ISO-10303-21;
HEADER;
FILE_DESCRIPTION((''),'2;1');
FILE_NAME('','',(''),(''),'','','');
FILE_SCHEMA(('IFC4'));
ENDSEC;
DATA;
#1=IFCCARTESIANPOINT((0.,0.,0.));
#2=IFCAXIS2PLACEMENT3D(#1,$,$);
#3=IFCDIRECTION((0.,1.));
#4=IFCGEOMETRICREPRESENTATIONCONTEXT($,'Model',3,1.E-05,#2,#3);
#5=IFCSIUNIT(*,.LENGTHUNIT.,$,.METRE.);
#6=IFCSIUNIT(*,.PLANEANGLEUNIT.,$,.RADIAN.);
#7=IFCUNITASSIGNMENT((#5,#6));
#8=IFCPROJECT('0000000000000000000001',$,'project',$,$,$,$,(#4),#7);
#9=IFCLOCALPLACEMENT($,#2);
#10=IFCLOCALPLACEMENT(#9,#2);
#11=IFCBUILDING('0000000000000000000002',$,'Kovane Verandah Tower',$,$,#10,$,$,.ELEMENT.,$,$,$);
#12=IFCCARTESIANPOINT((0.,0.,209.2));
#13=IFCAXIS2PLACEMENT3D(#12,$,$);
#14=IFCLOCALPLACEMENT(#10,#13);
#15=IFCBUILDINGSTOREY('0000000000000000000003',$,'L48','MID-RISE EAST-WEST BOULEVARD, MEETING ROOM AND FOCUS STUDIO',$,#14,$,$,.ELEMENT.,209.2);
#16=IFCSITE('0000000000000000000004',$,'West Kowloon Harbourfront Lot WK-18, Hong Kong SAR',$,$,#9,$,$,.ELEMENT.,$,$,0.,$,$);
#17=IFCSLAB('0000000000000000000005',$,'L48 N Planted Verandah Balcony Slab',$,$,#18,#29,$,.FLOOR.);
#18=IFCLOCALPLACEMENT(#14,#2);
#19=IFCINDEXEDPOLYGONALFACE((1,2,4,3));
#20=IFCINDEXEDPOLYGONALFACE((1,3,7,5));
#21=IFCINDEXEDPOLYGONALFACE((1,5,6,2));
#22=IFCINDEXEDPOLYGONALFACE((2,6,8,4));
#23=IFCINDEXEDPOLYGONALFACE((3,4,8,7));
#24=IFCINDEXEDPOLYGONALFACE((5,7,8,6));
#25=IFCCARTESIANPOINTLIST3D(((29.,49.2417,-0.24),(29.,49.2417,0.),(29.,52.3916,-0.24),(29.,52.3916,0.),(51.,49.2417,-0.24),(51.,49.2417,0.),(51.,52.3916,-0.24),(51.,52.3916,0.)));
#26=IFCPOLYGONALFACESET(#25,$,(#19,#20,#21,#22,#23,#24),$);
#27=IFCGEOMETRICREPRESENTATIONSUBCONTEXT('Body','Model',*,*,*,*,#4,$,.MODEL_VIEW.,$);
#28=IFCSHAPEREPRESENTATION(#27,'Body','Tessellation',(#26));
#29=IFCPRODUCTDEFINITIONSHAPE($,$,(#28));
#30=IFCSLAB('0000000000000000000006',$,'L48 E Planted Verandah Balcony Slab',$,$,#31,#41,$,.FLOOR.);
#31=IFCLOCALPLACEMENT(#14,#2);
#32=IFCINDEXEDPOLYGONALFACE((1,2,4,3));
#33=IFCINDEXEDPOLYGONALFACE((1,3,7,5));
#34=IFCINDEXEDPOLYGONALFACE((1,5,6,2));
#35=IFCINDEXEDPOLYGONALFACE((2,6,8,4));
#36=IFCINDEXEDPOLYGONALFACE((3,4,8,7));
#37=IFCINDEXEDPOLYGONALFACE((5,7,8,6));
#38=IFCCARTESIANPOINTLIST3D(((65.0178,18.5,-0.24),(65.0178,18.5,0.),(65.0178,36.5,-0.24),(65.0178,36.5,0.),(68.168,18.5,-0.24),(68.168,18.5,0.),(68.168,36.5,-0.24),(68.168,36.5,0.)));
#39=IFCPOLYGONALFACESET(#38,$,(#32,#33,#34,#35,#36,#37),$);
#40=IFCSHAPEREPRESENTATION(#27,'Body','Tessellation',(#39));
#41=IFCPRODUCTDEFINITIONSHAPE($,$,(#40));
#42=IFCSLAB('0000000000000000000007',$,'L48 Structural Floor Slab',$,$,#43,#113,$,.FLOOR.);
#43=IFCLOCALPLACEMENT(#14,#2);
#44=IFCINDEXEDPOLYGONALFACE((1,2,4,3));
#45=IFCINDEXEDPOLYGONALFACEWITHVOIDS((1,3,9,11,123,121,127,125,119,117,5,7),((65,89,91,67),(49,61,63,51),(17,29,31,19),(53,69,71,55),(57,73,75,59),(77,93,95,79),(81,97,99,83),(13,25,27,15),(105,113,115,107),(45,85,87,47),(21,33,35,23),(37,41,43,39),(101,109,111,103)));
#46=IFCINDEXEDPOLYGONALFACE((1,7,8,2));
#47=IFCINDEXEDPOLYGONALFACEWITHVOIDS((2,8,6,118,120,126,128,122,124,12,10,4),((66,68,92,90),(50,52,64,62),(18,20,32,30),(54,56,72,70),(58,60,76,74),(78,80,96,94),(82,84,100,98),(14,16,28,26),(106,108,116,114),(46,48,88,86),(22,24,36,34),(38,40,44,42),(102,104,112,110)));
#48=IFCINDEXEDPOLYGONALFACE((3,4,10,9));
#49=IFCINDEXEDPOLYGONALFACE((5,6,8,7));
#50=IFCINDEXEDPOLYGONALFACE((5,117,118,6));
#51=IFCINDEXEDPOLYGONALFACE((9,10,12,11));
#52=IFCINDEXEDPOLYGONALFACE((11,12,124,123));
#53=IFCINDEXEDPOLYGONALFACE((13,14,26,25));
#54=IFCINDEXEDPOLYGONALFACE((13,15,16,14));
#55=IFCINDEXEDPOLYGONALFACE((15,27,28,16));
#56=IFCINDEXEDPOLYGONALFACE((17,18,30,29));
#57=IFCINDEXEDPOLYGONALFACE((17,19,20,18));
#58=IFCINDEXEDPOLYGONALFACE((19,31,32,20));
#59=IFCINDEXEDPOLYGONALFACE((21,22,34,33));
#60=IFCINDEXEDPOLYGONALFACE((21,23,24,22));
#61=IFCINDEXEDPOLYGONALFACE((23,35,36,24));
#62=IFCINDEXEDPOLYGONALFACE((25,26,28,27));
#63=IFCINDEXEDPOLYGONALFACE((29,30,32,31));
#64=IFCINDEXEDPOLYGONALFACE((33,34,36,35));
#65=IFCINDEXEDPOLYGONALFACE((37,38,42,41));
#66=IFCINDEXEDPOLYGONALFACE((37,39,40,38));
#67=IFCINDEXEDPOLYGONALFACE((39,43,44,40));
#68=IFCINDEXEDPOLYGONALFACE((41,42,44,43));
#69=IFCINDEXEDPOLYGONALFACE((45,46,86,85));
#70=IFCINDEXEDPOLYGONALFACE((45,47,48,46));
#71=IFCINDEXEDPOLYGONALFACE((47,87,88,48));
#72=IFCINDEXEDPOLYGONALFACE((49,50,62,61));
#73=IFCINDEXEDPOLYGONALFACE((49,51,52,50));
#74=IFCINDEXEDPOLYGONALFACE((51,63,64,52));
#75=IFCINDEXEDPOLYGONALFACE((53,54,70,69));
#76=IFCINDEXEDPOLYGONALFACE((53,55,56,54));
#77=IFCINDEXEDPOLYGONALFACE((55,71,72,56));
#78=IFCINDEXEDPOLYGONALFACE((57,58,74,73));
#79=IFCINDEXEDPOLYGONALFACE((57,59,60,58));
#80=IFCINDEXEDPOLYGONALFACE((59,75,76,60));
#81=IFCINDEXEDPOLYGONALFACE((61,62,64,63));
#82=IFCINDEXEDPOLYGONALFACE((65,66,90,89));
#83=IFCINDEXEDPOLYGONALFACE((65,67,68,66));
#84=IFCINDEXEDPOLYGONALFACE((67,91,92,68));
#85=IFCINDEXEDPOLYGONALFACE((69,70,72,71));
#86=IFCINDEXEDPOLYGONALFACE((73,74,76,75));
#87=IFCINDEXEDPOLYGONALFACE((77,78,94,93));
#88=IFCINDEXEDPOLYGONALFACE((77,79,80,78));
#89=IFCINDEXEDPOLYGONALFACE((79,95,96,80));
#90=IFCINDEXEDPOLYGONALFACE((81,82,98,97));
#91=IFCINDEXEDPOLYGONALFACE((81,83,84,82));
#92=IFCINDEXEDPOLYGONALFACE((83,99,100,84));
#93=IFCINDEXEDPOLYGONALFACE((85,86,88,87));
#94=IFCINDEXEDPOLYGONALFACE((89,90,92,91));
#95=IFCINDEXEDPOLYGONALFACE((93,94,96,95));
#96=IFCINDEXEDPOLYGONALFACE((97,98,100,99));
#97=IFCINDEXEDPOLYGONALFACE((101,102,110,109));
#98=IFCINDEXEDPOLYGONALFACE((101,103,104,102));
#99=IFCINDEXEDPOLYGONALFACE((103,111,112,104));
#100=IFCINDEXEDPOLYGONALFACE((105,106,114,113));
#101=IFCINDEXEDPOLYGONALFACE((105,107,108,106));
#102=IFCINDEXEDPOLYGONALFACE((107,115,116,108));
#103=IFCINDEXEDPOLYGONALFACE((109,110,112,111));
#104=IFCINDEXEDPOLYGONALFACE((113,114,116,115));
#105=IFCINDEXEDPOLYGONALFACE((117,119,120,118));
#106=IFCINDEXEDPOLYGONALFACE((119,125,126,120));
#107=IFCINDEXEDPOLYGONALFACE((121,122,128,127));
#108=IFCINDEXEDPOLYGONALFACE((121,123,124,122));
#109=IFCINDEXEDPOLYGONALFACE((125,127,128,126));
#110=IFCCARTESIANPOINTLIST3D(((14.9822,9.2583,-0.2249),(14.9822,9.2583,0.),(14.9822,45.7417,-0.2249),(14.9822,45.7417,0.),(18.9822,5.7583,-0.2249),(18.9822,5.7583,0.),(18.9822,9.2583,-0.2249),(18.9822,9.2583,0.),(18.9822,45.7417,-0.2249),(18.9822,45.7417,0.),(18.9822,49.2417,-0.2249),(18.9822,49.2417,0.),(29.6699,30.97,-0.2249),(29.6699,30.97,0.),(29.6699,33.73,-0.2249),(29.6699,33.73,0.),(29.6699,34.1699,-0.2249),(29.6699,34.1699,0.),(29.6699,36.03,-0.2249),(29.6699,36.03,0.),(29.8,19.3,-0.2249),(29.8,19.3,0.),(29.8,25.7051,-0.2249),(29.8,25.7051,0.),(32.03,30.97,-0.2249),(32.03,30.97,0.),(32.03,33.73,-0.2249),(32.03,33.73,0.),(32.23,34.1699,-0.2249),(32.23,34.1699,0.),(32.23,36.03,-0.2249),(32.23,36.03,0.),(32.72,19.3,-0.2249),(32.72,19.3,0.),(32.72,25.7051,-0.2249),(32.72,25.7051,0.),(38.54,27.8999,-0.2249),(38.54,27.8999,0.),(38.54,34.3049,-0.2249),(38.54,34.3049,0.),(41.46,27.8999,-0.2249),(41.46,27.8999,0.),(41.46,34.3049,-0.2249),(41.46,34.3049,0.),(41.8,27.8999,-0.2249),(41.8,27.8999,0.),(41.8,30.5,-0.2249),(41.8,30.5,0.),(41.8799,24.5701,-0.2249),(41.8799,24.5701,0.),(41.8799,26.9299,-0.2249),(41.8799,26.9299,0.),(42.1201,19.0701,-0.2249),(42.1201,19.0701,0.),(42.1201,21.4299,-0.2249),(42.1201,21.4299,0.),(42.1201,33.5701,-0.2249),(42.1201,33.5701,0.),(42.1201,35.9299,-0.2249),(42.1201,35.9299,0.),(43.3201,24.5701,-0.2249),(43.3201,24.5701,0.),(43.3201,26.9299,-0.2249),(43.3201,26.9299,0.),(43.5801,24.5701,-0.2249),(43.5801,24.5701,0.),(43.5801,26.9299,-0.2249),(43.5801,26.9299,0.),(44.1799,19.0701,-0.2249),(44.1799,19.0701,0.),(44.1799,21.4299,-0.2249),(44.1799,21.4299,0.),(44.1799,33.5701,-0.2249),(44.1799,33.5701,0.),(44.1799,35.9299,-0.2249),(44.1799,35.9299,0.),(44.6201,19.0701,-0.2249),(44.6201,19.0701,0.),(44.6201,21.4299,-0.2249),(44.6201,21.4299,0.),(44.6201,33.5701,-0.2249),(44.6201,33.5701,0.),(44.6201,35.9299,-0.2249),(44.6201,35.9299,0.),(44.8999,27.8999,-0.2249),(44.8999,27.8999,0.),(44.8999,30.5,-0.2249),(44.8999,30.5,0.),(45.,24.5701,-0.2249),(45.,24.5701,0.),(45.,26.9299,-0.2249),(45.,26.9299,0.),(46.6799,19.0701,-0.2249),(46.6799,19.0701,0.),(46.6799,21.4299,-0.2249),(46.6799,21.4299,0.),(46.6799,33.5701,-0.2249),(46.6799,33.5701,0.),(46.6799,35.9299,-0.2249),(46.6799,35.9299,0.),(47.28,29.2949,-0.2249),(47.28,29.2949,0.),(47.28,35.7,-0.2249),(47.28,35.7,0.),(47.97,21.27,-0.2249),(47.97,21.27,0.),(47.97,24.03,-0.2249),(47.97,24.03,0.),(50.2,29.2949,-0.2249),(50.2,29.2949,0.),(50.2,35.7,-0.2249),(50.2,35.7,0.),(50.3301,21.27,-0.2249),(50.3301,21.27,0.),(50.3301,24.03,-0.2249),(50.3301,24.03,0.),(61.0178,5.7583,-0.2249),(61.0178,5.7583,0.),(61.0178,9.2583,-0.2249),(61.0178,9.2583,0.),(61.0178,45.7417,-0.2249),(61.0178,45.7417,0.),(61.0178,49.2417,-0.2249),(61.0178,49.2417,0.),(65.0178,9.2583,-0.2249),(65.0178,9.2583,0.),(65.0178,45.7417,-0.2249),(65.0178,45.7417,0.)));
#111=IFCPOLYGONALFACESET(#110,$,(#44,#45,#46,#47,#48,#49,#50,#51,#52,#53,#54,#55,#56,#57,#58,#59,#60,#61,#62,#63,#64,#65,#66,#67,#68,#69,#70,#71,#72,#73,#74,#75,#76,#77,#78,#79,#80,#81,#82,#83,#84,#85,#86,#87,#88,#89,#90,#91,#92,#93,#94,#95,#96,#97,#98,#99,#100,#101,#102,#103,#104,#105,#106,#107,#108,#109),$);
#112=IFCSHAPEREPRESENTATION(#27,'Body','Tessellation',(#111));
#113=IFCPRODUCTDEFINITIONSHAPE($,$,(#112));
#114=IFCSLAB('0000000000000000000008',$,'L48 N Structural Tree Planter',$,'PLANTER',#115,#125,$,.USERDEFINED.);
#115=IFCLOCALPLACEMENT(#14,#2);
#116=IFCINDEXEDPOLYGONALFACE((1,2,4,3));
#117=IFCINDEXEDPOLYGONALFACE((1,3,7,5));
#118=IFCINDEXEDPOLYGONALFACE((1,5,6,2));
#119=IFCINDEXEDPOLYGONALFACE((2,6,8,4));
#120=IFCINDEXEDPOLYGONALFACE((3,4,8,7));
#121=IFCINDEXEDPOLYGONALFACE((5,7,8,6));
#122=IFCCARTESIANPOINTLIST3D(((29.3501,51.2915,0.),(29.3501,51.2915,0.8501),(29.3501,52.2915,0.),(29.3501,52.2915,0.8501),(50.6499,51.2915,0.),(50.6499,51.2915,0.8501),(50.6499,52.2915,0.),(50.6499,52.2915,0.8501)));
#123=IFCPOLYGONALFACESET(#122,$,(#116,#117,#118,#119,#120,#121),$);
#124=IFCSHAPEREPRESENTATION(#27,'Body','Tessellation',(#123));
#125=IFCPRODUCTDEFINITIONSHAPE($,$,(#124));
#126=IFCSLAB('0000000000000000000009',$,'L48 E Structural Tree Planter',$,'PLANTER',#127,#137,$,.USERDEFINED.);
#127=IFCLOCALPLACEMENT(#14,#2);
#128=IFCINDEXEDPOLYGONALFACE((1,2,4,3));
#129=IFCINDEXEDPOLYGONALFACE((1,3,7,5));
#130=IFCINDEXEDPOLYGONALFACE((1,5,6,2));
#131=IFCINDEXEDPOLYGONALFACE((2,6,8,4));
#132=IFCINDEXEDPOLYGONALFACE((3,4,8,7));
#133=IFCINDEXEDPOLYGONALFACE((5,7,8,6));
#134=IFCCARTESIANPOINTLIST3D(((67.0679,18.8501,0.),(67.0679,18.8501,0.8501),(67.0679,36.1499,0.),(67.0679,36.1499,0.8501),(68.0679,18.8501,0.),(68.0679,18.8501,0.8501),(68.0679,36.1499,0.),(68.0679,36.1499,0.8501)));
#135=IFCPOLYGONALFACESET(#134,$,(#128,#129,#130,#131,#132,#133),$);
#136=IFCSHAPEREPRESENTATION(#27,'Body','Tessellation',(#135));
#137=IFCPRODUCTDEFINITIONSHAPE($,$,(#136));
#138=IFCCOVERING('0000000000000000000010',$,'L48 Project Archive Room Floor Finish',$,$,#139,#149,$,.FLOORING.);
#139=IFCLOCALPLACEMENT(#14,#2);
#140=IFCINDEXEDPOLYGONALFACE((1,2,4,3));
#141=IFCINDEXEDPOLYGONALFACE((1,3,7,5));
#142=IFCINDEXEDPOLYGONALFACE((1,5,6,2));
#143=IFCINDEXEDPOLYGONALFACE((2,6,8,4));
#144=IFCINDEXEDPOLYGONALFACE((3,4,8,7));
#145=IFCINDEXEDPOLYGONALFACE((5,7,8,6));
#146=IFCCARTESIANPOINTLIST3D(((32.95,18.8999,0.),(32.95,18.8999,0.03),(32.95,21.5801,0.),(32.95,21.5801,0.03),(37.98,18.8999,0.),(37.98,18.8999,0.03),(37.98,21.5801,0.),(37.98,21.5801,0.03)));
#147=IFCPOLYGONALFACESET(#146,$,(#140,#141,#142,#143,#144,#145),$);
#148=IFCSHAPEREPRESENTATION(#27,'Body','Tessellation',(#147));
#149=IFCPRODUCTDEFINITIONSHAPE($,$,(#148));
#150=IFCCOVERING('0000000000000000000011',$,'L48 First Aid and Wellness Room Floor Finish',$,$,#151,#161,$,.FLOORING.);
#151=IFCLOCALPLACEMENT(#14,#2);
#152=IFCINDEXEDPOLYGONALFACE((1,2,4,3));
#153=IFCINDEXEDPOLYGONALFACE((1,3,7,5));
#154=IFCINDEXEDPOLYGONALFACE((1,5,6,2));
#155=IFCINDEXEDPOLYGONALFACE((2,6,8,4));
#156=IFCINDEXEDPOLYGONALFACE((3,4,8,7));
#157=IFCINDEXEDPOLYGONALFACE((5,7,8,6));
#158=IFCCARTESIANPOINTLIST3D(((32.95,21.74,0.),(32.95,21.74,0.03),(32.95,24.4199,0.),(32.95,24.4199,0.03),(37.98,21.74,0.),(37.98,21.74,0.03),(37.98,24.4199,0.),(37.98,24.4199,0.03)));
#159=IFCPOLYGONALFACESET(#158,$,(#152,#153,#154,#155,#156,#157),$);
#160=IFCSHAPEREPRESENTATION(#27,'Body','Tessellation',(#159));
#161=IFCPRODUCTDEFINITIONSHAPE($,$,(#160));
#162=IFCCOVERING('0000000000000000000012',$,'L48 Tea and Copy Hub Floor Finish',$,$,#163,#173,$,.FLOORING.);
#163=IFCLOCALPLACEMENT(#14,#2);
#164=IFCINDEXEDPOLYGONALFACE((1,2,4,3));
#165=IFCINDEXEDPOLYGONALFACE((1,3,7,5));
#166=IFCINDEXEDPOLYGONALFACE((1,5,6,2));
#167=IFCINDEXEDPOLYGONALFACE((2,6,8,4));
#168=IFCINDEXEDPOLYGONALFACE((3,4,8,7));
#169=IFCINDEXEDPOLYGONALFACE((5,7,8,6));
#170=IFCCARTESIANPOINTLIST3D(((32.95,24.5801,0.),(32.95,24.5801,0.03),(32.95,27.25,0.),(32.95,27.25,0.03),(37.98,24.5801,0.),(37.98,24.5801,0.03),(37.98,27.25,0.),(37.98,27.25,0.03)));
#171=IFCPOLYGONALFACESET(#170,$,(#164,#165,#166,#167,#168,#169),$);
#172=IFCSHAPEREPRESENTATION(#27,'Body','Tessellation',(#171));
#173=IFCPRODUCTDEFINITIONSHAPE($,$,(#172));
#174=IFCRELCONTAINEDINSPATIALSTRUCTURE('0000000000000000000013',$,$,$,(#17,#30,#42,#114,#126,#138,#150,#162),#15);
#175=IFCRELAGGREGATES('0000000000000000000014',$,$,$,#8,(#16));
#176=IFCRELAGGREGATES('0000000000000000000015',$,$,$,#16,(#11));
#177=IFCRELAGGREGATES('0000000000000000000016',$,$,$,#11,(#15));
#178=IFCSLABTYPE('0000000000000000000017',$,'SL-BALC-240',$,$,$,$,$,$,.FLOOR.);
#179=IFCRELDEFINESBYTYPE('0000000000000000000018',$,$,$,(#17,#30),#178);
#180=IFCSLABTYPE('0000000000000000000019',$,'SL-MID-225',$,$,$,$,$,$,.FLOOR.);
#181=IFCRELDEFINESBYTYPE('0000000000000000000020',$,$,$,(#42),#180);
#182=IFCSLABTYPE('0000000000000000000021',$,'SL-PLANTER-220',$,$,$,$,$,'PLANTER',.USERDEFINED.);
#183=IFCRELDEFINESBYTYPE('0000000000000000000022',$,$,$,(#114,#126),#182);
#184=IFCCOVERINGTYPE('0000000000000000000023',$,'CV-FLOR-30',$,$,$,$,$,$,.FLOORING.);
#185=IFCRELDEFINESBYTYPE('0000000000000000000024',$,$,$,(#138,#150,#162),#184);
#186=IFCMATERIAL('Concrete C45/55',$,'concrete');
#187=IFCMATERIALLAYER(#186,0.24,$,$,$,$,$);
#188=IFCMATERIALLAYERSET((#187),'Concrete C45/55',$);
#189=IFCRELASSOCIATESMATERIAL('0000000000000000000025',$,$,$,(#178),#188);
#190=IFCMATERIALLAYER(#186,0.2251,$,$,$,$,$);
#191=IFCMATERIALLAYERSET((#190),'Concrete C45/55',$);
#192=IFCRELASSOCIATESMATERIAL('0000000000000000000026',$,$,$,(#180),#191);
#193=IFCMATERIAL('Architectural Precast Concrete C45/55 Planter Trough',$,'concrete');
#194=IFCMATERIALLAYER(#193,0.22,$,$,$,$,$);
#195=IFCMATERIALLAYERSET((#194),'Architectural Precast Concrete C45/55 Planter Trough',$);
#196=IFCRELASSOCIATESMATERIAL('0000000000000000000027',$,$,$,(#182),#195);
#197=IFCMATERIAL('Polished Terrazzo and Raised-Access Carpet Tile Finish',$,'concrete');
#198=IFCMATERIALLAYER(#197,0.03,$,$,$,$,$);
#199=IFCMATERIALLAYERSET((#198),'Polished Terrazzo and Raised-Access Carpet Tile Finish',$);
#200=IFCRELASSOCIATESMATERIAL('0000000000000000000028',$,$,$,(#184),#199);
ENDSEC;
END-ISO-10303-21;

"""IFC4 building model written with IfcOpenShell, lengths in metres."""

from ifc_helpers import new_model, si_unit, direction, frame, origin, place, context, subcontext, project, spatial, polyline, outline, extrude, material, layer, layer_set, type_object, element, save


model = new_model("IFC4")

# Units and contexts
model_context = context("Model", 3, precision=1e-05, world=origin(), true_north=direction((0.0, 1.0)))
body_context = subcontext(model_context, "Body", "Model", "MODEL_VIEW")
ifc_project = project(units=[si_unit("LENGTHUNIT", "METRE"), si_unit("PLANEANGLEUNIT", "RADIAN")], contexts=[model_context])

# Site, building, storey
site_placement = place(None, origin())
site = spatial("IfcSite", under=ifc_project, at=site_placement, Name="West Kowloon Harbourfront Lot WK-18, Hong Kong SAR", CompositionType="ELEMENT", RefElevation=0.0)
building_placement = place(site_placement, origin())
building = spatial("IfcBuilding", under=site, at=building_placement, Name="Kovane Verandah Tower", CompositionType="ELEMENT")
storey_placement = place(building_placement, frame((0.0, 0.0, 209.2)))
storey = spatial("IfcBuildingStorey", under=building, at=storey_placement, Name="L48", Description="MID-RISE EAST-WEST BOULEVARD, MEETING ROOM AND FOCUS STUDIO", CompositionType="ELEMENT", Elevation=209.2)

# Slabs
ifc_material_1 = material(Name="Concrete C45/55", Category="concrete")
ifc_layer_1 = layer(ifc_material_1, 0.24)
ifc_layer_set_1 = layer_set([ifc_layer_1], Name="Concrete C45/55")
slab_type_1 = type_object("IfcSlabType", Name="SL-BALC-240", PredefinedType="FLOOR", material=ifc_layer_set_1)
slab_1_placement = place(storey_placement, frame((0.0, 0.0, -0.24)))
element("IfcSlab", 1, at=slab_1_placement, inside=storey, type_object=slab_type_1, Name="L48 N Planted Verandah Balcony Slab", PredefinedType="FLOOR", context=body_context, shape_type="SweptSolid", body=[
    extrude(outline(polyline([(29.0, 49.2417), (51.0, 49.2417), (51.0, 52.3916), (29.0, 52.3916), (29.0, 49.2417)])), origin(), (0.0, 0.0, 1.0), 0.24),
])
slab_2_placement = place(storey_placement, frame((0.0, 0.0, -0.24)))
element("IfcSlab", 2, at=slab_2_placement, inside=storey, type_object=slab_type_1, Name="L48 E Planted Verandah Balcony Slab", PredefinedType="FLOOR", context=body_context, shape_type="SweptSolid", body=[
    extrude(outline(polyline([(65.0178, 18.5), (68.168, 18.5), (68.168, 36.5), (65.0178, 36.5), (65.0178, 18.5)])), origin(), (0.0, 0.0, 1.0), 0.24),
])
ifc_layer_2 = layer(ifc_material_1, 0.2251)
ifc_layer_set_2 = layer_set([ifc_layer_2], Name="Concrete C45/55")
slab_type_2 = type_object("IfcSlabType", Name="SL-MID-225", PredefinedType="FLOOR", material=ifc_layer_set_2)
slab_3_placement = place(storey_placement, frame((0.0, 0.0, -0.2249)))
element("IfcSlab", 3, at=slab_3_placement, inside=storey, type_object=slab_type_2, Name="L48 Structural Floor Slab", PredefinedType="FLOOR", context=body_context, shape_type="SweptSolid", body=[
    extrude(outline(polyline([(18.9822, 5.7583), (61.0178, 5.7583), (61.0178, 9.2583), (65.0178, 9.2583), (65.0178, 45.7417), (61.0178, 45.7417), (61.0178, 49.2417), (18.9822, 49.2417), (18.9822, 45.7417), (14.9822, 45.7417), (14.9822, 9.2583), (18.9822, 9.2583), (18.9822, 5.7583)]), holes=[polyline([(29.8, 19.3), (32.72, 19.3), (32.72, 25.7051), (29.8, 25.7051), (29.8, 19.3)]), polyline([(47.28, 29.2949), (50.2, 29.2949), (50.2, 35.7), (47.28, 35.7), (47.28, 29.2949)]), polyline([(38.54, 27.8999), (41.46, 27.8999), (41.46, 34.3049), (38.54, 34.3049), (38.54, 27.8999)]), polyline([(29.6699, 30.97), (32.03, 30.97), (32.03, 33.73), (29.6699, 33.73), (29.6699, 30.97)]), polyline([(47.97, 21.27), (50.3301, 21.27), (50.3301, 24.03), (47.97, 24.03), (47.97, 21.27)]), polyline([(29.6699, 34.1699), (32.23, 34.1699), (32.23, 36.03), (29.6699, 36.03), (29.6699, 34.1699)]), polyline([(42.1201, 19.0701), (44.1799, 19.0701), (44.1799, 21.4299), (42.1201, 21.4299), (42.1201, 19.0701)]), polyline([(44.6201, 19.0701), (46.6799, 19.0701), (46.6799, 21.4299), (44.6201, 21.4299), (44.6201, 19.0701)]), polyline([(41.8799, 24.5701), (43.3201, 24.5701), (43.3201, 26.9299), (41.8799, 26.9299), (41.8799, 24.5701)]), polyline([(43.5801, 24.5701), (45.0, 24.5701), (45.0, 26.9299), (43.5801, 26.9299), (43.5801, 24.5701)]), polyline([(42.1201, 33.5701), (44.1799, 33.5701), (44.1799, 35.9299), (42.1201, 35.9299), (42.1201, 33.5701)]), polyline([(44.6201, 33.5701), (46.6799, 33.5701), (46.6799, 35.9299), (44.6201, 35.9299), (44.6201, 33.5701)]), polyline([(41.8, 27.8999), (44.8999, 27.8999), (44.8999, 30.5), (41.8, 30.5), (41.8, 27.8999)])]), origin(), (0.0, 0.0, 1.0), 0.2249),
])
ifc_material_2 = material(Name="Architectural Precast Concrete C45/55 Planter Trough", Category="concrete")
ifc_layer_3 = layer(ifc_material_2, 0.22)
ifc_layer_set_3 = layer_set([ifc_layer_3], Name="Architectural Precast Concrete C45/55 Planter Trough")
slab_type_3 = type_object("IfcSlabType", Name="SL-PLANTER-220", ElementType="PLANTER", PredefinedType="USERDEFINED", material=ifc_layer_set_3)
slab_4_placement = place(storey_placement, origin())
element("IfcSlab", 4, at=slab_4_placement, inside=storey, type_object=slab_type_3, Name="L48 N Structural Tree Planter", ObjectType="PLANTER", PredefinedType="USERDEFINED", context=body_context, shape_type="SweptSolid", body=[
    extrude(outline(polyline([(29.3501, 51.2915), (50.6499, 51.2915), (50.6499, 52.2915), (29.3501, 52.2915), (29.3501, 51.2915)])), origin(), (0.0, 0.0, 1.0), 0.8501),
])
slab_5_placement = place(storey_placement, origin())
element("IfcSlab", 5, at=slab_5_placement, inside=storey, type_object=slab_type_3, Name="L48 E Structural Tree Planter", ObjectType="PLANTER", PredefinedType="USERDEFINED", context=body_context, shape_type="SweptSolid", body=[
    extrude(outline(polyline([(67.0679, 18.8501), (68.0679, 18.8501), (68.0679, 36.1499), (67.0679, 36.1499), (67.0679, 18.8501)])), origin(), (0.0, 0.0, 1.0), 0.8501),
])

# Coverings
ifc_material_3 = material(Name="Polished Terrazzo and Raised-Access Carpet Tile Finish", Category="concrete")
ifc_layer_4 = layer(ifc_material_3, 0.03)
ifc_layer_set_4 = layer_set([ifc_layer_4], Name="Polished Terrazzo and Raised-Access Carpet Tile Finish")
covering_type = type_object("IfcCoveringType", Name="CV-FLOR-30", PredefinedType="FLOORING", material=ifc_layer_set_4)
covering_1_placement = place(storey_placement, origin())
element("IfcCovering", 6, at=covering_1_placement, inside=storey, type_object=covering_type, Name="L48 Project Archive Room Floor Finish", PredefinedType="FLOORING", context=body_context, shape_type="SweptSolid", body=[
    extrude(outline(polyline([(32.95, 18.8999), (37.98, 18.8999), (37.98, 21.5801), (32.95, 21.5801), (32.95, 18.8999)])), origin(), (0.0, 0.0, 1.0), 0.03),
])
covering_2_placement = place(storey_placement, origin())
element("IfcCovering", 7, at=covering_2_placement, inside=storey, type_object=covering_type, Name="L48 First Aid and Wellness Room Floor Finish", PredefinedType="FLOORING", context=body_context, shape_type="SweptSolid", body=[
    extrude(outline(polyline([(32.95, 21.74), (37.98, 21.74), (37.98, 24.4199), (32.95, 24.4199), (32.95, 21.74)])), origin(), (0.0, 0.0, 1.0), 0.03),
])
covering_3_placement = place(storey_placement, origin())
element("IfcCovering", 8, at=covering_3_placement, inside=storey, type_object=covering_type, Name="L48 Tea and Copy Hub Floor Finish", PredefinedType="FLOORING", context=body_context, shape_type="SweptSolid", body=[
    extrude(outline(polyline([(32.95, 24.5801), (37.98, 24.5801), (37.98, 27.25), (32.95, 27.25), (32.95, 24.5801)])), origin(), (0.0, 0.0, 1.0), 0.03),
])

save(model, "model.ifc")
